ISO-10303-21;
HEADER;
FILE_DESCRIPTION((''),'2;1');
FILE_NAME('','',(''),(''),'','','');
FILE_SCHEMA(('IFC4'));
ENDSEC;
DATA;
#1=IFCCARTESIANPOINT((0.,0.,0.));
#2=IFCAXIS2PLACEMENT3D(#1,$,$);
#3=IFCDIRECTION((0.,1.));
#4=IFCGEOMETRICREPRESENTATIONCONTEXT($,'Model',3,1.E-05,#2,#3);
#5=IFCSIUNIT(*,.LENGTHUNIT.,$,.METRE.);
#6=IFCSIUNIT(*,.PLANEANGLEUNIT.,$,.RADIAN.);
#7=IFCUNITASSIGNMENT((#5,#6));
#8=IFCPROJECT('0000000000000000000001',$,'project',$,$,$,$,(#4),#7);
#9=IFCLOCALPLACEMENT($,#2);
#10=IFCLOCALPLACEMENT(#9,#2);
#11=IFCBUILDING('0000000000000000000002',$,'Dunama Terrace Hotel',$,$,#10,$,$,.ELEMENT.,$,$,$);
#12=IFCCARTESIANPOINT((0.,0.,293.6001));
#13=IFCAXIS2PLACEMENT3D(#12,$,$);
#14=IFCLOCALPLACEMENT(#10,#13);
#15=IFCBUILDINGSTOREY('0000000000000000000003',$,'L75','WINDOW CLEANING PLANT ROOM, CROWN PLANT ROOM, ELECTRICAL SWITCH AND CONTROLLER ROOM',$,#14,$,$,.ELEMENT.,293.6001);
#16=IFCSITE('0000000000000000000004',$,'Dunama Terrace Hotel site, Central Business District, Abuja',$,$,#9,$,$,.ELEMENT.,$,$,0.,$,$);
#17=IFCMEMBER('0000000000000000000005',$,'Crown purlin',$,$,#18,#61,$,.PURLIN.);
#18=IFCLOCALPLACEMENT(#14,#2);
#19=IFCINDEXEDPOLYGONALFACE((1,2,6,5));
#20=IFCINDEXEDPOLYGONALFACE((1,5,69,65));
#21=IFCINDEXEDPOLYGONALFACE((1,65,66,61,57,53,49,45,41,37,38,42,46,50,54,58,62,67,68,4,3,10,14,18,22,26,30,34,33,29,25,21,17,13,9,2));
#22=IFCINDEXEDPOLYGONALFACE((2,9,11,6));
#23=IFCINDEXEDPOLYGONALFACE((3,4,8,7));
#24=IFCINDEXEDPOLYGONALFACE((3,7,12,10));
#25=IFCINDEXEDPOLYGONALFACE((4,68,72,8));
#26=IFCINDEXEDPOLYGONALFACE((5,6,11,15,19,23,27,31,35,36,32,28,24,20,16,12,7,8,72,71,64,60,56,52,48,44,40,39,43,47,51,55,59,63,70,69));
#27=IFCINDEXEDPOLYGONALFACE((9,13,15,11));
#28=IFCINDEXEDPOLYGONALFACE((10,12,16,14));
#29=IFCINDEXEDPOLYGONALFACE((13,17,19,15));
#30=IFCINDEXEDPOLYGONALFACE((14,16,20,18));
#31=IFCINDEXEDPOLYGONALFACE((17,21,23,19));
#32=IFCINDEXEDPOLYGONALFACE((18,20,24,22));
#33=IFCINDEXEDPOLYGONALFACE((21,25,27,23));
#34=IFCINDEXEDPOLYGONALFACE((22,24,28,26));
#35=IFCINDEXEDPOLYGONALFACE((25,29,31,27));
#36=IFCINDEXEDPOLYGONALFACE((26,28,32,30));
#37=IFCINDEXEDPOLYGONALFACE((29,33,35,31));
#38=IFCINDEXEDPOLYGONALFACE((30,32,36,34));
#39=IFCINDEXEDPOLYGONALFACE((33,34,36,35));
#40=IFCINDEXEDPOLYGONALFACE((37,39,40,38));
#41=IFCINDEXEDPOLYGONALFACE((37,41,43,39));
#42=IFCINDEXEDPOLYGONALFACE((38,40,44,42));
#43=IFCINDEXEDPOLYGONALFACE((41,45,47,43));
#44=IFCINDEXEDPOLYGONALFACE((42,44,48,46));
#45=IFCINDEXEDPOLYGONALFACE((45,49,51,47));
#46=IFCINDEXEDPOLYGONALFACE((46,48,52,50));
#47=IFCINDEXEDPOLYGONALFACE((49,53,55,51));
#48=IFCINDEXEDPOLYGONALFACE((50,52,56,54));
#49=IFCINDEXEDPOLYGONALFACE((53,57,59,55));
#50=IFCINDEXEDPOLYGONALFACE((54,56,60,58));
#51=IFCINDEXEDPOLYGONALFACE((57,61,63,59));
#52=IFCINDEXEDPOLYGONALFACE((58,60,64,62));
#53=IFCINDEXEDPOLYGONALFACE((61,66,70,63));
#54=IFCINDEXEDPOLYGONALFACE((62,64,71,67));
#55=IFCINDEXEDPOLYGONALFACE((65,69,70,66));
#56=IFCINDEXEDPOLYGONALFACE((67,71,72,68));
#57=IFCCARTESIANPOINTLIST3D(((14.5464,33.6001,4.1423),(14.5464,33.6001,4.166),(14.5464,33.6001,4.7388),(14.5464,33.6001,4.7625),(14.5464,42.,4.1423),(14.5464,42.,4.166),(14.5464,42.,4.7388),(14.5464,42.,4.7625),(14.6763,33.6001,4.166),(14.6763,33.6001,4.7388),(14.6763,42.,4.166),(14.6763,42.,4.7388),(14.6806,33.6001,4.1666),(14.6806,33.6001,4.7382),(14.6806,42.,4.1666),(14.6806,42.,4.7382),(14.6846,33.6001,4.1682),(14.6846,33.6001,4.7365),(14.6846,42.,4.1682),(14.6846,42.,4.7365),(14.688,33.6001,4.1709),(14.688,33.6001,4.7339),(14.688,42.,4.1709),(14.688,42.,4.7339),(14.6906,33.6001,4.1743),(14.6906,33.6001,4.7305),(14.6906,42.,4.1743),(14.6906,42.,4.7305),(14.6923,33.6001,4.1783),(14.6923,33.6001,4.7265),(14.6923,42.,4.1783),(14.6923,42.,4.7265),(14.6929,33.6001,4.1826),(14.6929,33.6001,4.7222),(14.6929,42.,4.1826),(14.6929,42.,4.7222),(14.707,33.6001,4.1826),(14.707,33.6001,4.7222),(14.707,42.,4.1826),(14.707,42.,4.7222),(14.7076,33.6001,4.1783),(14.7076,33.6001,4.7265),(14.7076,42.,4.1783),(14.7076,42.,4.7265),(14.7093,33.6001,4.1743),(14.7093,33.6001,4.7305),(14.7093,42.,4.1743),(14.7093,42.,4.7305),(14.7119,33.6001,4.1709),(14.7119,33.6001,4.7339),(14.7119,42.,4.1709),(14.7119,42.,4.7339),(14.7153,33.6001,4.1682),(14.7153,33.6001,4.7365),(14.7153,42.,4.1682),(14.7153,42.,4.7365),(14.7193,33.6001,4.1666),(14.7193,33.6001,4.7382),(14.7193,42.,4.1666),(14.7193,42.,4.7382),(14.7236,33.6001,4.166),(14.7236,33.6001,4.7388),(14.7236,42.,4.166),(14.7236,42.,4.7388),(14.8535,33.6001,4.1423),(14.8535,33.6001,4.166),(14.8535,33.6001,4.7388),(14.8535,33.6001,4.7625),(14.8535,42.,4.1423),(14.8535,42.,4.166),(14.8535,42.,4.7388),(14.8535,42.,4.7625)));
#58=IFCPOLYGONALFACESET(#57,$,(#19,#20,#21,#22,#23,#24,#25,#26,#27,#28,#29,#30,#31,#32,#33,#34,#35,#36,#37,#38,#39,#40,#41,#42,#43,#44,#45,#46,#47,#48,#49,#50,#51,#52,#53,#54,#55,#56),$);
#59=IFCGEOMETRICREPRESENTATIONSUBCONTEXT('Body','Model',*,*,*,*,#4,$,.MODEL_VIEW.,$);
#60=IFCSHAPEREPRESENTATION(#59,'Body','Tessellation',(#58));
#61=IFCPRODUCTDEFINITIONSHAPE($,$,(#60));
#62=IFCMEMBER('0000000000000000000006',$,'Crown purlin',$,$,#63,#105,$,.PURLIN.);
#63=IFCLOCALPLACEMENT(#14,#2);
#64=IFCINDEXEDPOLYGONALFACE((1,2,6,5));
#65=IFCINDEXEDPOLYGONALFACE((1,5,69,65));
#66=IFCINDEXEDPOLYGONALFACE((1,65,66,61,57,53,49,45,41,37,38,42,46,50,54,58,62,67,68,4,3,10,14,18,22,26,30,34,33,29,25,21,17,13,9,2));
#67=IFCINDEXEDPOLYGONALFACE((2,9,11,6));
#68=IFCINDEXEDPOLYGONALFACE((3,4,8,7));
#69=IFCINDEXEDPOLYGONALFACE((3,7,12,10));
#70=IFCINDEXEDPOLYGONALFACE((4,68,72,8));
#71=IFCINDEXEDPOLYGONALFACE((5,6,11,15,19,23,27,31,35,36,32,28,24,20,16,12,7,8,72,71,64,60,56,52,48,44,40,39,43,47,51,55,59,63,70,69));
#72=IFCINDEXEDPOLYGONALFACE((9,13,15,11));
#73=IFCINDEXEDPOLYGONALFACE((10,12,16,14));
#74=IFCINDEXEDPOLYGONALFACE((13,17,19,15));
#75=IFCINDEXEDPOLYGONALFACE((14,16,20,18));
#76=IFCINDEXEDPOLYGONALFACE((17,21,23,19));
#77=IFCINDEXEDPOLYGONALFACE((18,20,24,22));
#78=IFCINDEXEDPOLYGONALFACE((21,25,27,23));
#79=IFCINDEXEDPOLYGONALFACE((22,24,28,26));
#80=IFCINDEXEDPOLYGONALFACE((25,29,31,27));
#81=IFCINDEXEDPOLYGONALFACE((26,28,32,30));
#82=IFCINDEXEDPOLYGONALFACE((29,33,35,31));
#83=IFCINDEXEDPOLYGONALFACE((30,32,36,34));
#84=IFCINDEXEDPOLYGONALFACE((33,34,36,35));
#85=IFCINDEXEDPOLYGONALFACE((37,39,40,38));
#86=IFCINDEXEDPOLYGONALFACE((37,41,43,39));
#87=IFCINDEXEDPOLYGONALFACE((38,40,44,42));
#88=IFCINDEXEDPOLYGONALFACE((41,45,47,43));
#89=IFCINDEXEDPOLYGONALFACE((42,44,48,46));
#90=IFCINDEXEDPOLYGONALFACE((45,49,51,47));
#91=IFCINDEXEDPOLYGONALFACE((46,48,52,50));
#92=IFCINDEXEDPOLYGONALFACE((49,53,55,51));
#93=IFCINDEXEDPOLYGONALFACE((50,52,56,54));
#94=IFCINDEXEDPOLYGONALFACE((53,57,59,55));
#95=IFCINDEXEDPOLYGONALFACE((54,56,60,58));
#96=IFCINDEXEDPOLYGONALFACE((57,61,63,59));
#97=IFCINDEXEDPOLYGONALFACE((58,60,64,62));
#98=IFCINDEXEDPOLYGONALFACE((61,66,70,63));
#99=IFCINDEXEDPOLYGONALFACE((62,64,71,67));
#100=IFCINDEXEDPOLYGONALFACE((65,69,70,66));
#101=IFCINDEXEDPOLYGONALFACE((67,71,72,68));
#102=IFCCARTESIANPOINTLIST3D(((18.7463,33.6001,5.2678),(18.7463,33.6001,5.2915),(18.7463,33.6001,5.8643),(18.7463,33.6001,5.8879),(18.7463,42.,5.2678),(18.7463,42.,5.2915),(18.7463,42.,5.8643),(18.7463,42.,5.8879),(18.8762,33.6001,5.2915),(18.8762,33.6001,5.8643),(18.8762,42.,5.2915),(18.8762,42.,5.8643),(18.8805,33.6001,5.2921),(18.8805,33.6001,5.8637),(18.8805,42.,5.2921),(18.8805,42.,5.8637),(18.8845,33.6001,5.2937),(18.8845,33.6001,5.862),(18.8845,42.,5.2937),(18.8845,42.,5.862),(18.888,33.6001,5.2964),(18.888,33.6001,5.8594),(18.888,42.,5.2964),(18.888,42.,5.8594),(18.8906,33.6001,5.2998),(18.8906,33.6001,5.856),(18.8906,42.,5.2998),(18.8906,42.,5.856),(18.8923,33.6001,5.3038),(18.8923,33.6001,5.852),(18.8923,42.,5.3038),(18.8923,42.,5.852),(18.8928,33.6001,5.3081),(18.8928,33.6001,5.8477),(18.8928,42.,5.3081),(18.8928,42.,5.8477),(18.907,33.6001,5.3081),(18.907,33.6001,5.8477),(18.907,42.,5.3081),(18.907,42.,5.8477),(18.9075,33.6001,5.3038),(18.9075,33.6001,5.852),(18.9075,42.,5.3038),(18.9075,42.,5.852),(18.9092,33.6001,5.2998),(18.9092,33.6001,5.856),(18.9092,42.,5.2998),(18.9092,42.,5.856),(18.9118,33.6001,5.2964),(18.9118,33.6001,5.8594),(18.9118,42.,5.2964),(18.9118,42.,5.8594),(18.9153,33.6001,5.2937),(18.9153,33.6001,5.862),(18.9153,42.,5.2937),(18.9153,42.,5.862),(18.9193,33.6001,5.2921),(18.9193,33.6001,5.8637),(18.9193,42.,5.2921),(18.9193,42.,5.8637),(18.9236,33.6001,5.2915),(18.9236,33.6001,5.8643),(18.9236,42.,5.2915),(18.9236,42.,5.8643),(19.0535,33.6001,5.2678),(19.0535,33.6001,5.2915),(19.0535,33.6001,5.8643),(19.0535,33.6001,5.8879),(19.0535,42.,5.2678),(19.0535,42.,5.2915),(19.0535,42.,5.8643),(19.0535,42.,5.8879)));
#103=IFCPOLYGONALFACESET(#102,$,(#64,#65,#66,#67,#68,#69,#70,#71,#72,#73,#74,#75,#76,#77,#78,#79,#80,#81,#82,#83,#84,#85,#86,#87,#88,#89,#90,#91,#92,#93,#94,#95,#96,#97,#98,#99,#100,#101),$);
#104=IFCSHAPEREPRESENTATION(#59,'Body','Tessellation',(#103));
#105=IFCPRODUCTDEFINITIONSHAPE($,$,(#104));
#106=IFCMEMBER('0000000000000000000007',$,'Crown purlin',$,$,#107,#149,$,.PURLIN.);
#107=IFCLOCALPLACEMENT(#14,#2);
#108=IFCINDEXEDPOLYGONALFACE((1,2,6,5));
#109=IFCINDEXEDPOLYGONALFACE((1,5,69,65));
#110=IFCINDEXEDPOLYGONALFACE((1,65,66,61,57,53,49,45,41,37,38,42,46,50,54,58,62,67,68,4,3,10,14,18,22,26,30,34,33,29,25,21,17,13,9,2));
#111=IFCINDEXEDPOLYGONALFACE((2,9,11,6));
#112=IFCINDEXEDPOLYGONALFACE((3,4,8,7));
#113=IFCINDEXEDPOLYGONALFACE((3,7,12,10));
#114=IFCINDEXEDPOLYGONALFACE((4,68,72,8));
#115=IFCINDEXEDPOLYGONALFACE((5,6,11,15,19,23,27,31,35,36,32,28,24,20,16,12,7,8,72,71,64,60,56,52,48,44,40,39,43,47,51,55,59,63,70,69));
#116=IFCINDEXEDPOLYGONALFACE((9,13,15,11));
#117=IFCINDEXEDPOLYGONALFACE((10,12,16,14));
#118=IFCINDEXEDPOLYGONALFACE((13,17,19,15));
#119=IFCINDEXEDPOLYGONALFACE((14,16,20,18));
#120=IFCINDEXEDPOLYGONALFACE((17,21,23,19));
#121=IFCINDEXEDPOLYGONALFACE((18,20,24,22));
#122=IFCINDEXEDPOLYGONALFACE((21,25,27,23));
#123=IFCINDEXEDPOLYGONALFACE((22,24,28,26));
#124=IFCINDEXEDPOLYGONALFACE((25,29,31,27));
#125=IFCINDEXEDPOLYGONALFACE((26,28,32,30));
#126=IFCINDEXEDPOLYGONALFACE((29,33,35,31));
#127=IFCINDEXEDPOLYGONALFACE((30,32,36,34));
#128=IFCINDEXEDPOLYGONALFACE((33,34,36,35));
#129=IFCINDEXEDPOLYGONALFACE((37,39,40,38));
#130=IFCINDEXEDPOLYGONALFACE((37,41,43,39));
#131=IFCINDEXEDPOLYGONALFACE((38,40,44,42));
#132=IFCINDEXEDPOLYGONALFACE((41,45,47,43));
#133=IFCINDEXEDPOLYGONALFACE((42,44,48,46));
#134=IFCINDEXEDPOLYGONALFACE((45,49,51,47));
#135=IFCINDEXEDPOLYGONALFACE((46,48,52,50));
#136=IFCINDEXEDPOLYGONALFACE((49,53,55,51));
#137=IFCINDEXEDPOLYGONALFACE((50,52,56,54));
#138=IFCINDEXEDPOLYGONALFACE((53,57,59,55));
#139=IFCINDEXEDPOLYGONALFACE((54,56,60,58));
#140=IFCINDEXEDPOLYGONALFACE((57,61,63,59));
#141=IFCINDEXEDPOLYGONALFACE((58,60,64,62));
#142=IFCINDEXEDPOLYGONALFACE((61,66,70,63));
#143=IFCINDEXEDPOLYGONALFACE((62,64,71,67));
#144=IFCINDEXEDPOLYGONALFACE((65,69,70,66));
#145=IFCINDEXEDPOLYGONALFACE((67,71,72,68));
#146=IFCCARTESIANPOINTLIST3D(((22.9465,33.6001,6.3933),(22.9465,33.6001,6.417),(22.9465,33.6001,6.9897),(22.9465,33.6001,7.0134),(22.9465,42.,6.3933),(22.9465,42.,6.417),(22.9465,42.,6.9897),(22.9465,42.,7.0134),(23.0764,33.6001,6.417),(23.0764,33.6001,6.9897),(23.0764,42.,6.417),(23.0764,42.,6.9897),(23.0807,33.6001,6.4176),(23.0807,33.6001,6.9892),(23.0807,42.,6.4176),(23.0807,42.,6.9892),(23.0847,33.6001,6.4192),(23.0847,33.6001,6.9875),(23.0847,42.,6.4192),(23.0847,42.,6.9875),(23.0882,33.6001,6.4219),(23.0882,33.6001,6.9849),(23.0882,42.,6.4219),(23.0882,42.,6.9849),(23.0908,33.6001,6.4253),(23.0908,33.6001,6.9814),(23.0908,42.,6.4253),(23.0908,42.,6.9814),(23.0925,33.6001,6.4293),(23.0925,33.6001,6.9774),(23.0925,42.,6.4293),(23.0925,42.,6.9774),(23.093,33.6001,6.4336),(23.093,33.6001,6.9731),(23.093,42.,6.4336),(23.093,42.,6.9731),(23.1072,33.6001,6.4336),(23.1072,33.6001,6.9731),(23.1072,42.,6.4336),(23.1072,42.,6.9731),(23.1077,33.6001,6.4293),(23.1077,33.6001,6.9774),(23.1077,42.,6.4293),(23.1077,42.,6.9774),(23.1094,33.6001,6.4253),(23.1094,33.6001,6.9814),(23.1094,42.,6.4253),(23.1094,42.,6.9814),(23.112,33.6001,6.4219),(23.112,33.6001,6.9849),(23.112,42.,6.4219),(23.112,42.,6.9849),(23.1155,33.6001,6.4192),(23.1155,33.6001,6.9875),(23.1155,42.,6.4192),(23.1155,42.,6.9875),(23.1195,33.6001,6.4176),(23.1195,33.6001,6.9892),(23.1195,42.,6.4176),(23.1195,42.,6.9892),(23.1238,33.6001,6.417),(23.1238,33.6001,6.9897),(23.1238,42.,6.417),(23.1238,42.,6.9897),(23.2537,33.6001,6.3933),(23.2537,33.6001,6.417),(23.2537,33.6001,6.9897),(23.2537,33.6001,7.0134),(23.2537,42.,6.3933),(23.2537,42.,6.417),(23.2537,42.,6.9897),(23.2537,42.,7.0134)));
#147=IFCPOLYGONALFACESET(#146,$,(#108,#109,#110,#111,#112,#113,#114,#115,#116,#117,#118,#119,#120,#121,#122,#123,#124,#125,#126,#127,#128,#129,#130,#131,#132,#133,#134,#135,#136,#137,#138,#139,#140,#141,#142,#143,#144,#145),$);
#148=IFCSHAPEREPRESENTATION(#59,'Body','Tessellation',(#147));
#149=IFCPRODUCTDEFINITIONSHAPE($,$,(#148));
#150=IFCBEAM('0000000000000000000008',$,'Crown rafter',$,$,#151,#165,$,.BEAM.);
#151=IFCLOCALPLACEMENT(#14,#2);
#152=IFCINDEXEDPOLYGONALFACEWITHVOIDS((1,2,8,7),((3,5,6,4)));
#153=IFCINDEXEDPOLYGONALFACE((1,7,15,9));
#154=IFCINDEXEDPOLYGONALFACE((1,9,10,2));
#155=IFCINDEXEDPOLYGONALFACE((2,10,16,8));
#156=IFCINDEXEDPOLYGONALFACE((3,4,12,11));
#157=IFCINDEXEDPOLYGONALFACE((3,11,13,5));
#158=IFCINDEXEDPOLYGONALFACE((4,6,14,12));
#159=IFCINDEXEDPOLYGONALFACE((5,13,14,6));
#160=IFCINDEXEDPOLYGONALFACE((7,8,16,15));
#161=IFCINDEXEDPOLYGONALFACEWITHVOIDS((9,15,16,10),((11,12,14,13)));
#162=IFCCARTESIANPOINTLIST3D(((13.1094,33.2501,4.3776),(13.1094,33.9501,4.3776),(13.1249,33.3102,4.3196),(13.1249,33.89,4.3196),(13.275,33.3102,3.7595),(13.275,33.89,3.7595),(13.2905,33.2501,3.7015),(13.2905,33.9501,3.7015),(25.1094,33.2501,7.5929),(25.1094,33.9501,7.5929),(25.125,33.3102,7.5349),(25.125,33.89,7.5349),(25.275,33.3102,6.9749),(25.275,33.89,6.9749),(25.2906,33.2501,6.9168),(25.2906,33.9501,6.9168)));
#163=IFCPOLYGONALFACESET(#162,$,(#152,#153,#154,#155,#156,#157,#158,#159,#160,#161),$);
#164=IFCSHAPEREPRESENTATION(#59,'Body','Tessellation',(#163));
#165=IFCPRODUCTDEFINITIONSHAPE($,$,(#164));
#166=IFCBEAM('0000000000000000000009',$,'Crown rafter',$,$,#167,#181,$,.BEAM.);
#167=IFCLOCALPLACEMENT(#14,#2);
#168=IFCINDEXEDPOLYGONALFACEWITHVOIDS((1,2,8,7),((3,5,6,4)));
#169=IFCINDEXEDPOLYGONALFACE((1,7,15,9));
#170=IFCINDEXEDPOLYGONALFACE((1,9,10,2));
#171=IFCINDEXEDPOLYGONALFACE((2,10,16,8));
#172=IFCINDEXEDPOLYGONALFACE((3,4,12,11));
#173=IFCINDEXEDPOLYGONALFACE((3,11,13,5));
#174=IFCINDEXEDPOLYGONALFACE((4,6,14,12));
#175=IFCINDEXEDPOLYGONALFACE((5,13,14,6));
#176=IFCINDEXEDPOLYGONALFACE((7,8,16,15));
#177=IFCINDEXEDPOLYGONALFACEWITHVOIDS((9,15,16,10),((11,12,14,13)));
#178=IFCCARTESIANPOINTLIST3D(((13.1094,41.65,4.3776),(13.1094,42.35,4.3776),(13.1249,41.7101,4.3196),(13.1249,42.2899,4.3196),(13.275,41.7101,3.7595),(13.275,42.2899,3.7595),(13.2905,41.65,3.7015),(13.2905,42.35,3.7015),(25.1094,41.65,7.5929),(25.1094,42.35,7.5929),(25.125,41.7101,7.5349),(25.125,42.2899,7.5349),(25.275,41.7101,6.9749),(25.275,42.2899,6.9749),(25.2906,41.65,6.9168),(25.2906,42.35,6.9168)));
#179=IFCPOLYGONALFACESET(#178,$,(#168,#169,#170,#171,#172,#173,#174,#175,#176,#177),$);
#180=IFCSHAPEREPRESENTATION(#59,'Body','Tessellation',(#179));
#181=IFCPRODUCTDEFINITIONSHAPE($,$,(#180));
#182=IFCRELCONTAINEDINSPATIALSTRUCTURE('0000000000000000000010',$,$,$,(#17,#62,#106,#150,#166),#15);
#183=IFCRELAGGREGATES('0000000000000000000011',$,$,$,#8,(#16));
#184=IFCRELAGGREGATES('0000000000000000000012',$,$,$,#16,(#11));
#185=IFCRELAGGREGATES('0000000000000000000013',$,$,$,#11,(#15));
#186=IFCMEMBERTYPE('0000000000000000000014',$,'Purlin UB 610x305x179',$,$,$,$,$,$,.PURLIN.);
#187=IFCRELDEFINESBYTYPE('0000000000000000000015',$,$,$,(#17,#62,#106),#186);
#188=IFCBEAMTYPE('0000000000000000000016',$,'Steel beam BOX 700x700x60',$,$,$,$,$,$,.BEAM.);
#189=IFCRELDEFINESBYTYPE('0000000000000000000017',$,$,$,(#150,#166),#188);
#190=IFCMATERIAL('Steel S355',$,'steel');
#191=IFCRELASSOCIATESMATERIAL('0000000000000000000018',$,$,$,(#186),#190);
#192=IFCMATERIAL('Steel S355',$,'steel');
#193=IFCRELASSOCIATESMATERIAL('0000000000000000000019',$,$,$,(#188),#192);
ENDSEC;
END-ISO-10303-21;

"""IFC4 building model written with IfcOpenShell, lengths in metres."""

from ifc_helpers import new_model, si_unit, direction, frame, origin, origin_2d, place, context, subcontext, project, spatial, hollow_rectangle, i_section, extrude, material, material_profile, profile_set, type_object, element, save


model = new_model("IFC4")

# Units and contexts
model_context = context("Model", 3, precision=1e-05, world=origin(), true_north=direction((0.0, 1.0)))
body_context = subcontext(model_context, "Body", "Model", "MODEL_VIEW")
ifc_project = project(units=[si_unit("LENGTHUNIT", "METRE"), si_unit("PLANEANGLEUNIT", "RADIAN")], contexts=[model_context])

# Site, building, storey
site_placement = place(None, origin())
site = spatial("IfcSite", under=ifc_project, at=site_placement, Name="Dunama Terrace Hotel site, Central Business District, Abuja", CompositionType="ELEMENT", RefElevation=0.0)
building_placement = place(site_placement, origin())
building = spatial("IfcBuilding", under=site, at=building_placement, Name="Dunama Terrace Hotel", CompositionType="ELEMENT")
storey_placement = place(building_placement, frame((0.0, 0.0, 293.6001)))
storey = spatial("IfcBuildingStorey", under=building, at=storey_placement, Name="L75", Description="WINDOW CLEANING PLANT ROOM, CROWN PLANT ROOM, ELECTRICAL SWITCH AND CONTROLLER ROOM", CompositionType="ELEMENT", Elevation=293.6001)

# Members
ifc_material_1 = material(Name="Steel S355", Category="steel")
ifc_material_profile_1 = material_profile(ifc_material_1, i_section(OverallWidth=0.3071, OverallDepth=0.6201, WebThickness=0.0142, FlangeThickness=0.0237, FilletRadius=0.0166, at=origin_2d()), Name="UB 610x305x179")
ifc_profile_set_1 = profile_set([ifc_material_profile_1], Name="Steel S355")
member_type_1 = type_object("IfcMemberType", Name="Purlin UB 610x305x179", PredefinedType="PURLIN", material=ifc_profile_set_1)
for number, where, z_axis, x_axis, name in (
    (1, (14.7, 33.6001, 4.4524), (0.0, 1.0, 0.0), (-1.0, 0.0, 0.0), "Crown purlin"),
    (2, (18.8999, 33.6001, 5.5779), (0.0, 1.0, 0.0), (-1.0, 0.0, 0.0), "Crown purlin"),
    (3, (23.1001, 33.6001, 6.7034), (0.0, 1.0, 0.0), (-1.0, 0.0, 0.0), "Crown purlin"),
):
    element("IfcMember", number, at=place(storey_placement, frame(where, z_axis=z_axis, x_axis=x_axis)), inside=storey, type_object=member_type_1, Name=name, PredefinedType="PURLIN", context=body_context, shape_type="SweptSolid", body=[
        extrude(i_section(OverallWidth=0.3071, OverallDepth=0.6201, WebThickness=0.0142, FlangeThickness=0.0237, FilletRadius=0.0166, at=origin_2d()), origin(), (0.0, 0.0, 1.0), 8.3999),
    ])

# Beams
ifc_material_2 = material(Name="Steel S355", Category="steel")
ifc_material_profile_2 = material_profile(ifc_material_2, hollow_rectangle(XDim=0.7, YDim=0.7, WallThickness=0.0601, at=origin_2d()), Name="BOX 700x700x60")
ifc_profile_set_2 = profile_set([ifc_material_profile_2], Name="Steel S355")
beam_type = type_object("IfcBeamType", Name="Steel beam BOX 700x700x60", PredefinedType="BEAM", material=ifc_profile_set_2)
for number, where, z_axis, x_axis, name in (
    (4, (13.2, 33.6001, 4.0396), (0.965927, 0.0, 0.258815), (0.0, 1.0, 0.0), "Crown rafter"),
    (5, (13.2, 42.0, 4.0396), (0.965927, 0.0, 0.258815), (0.0, 1.0, 0.0), "Crown rafter"),
):
    element("IfcBeam", number, at=place(storey_placement, frame(where, z_axis=z_axis, x_axis=x_axis)), inside=storey, type_object=beam_type, Name=name, PredefinedType="BEAM", context=body_context, shape_type="SweptSolid", body=[
        extrude(hollow_rectangle(XDim=0.7, YDim=0.7, WallThickness=0.0601, at=origin_2d()), origin(), (0.0, 0.0, 1.0), 12.4233),
    ])

save(model, "model.ifc")
